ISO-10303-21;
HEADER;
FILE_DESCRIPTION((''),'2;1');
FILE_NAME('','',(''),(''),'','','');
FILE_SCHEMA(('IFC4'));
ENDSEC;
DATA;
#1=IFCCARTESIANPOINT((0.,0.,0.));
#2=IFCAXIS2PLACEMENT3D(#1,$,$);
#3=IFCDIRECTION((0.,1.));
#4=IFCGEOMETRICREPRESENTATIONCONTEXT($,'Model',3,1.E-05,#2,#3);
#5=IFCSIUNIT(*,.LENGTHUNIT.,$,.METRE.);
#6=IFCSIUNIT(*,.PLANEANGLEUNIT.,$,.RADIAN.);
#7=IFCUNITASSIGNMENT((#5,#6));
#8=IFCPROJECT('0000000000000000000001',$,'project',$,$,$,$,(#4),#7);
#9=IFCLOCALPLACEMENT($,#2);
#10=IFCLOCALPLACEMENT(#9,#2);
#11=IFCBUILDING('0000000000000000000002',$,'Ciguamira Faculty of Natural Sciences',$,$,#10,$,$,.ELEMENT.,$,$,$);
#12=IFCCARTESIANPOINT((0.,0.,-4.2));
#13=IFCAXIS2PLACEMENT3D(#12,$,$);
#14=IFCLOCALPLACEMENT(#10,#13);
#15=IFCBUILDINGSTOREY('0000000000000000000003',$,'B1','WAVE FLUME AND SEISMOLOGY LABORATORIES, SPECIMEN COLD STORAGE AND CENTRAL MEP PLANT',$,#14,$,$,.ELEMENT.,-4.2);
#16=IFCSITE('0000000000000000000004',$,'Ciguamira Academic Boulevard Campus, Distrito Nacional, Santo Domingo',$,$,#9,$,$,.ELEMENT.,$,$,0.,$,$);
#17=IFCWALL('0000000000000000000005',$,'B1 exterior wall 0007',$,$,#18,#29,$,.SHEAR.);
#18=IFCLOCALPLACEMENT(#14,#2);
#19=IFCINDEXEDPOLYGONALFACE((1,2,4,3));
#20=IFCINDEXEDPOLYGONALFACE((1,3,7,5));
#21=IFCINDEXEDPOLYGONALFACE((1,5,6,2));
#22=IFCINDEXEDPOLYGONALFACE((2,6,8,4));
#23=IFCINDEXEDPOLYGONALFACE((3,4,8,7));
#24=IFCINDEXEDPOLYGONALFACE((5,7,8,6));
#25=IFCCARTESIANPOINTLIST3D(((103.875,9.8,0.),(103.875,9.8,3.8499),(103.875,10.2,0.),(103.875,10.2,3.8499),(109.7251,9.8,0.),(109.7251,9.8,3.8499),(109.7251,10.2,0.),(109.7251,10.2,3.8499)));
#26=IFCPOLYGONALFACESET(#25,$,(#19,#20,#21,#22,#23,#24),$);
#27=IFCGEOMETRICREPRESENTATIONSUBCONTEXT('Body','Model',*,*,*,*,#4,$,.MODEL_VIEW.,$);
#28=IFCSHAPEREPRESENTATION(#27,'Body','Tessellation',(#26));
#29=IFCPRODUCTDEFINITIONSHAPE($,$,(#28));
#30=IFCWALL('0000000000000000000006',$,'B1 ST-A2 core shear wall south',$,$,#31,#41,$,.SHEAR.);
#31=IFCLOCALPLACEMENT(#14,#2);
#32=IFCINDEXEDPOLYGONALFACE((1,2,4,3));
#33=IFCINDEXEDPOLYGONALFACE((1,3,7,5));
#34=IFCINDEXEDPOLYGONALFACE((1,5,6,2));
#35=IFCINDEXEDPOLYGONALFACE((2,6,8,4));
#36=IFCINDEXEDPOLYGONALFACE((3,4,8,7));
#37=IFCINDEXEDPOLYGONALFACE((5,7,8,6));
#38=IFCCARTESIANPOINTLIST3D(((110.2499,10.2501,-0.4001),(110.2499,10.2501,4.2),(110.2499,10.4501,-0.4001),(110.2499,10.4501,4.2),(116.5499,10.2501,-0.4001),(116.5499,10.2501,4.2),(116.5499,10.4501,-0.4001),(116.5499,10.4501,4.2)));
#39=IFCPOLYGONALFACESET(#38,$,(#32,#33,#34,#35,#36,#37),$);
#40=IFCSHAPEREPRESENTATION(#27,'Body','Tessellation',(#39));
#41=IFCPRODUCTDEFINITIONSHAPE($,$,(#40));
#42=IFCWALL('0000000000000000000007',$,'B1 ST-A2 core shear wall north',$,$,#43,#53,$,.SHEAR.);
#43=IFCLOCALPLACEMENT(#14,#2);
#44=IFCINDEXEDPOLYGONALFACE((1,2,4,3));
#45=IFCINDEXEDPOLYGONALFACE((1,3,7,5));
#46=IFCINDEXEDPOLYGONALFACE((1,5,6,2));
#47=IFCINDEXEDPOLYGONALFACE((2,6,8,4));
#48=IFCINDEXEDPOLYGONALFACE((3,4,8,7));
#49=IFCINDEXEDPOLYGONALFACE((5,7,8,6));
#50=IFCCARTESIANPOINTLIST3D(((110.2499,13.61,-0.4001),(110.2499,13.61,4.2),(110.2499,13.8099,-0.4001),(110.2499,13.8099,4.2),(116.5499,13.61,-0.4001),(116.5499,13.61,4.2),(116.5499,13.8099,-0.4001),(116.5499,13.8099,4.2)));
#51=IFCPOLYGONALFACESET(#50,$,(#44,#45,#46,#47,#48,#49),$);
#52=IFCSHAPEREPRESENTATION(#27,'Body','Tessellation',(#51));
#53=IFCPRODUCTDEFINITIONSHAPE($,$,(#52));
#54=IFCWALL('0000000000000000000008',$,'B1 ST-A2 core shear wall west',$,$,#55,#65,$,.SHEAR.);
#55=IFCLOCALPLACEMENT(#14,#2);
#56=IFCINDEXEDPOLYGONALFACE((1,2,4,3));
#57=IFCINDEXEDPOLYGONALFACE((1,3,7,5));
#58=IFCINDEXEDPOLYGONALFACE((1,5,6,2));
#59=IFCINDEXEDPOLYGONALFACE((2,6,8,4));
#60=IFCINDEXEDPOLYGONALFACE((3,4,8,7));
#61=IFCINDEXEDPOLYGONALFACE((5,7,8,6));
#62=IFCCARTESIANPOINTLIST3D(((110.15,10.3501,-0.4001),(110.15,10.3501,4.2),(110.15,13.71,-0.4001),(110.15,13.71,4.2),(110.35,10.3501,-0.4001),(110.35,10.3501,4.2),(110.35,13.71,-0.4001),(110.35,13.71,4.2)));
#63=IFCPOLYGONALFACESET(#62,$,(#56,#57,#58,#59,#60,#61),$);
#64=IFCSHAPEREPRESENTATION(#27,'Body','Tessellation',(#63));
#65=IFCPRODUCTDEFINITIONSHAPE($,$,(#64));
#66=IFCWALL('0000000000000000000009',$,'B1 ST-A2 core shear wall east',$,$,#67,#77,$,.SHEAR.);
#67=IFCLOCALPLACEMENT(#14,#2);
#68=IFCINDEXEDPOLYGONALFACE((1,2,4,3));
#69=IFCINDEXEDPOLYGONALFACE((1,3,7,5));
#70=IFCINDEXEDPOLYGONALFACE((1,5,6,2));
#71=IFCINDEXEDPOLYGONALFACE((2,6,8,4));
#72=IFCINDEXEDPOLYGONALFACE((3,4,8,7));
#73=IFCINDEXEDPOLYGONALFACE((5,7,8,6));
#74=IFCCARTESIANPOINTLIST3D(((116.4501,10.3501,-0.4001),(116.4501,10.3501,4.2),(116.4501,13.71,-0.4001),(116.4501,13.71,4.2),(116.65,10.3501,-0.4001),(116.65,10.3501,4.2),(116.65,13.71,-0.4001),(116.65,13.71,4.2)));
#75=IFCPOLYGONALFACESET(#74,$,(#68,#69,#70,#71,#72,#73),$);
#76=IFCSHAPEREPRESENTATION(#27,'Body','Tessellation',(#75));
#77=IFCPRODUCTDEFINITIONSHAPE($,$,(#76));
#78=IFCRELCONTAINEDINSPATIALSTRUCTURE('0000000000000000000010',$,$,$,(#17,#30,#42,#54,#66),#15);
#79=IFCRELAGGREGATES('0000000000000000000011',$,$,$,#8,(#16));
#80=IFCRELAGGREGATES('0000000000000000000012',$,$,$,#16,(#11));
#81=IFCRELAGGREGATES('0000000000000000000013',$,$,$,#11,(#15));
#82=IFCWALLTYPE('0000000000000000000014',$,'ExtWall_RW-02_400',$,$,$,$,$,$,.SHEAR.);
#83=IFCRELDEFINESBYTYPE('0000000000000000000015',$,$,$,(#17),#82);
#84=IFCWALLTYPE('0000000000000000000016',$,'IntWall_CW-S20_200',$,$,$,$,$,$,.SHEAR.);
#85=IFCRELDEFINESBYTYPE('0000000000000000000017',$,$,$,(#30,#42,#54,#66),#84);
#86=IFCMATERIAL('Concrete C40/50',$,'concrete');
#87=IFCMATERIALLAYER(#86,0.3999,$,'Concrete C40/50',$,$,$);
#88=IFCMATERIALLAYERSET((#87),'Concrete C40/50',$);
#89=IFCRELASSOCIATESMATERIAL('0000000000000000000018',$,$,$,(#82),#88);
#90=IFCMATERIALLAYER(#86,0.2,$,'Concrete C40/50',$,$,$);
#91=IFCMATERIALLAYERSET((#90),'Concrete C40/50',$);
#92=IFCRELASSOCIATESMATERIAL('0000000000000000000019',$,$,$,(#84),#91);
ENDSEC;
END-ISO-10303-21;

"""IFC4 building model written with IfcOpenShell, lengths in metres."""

from ifc_helpers import new_model, si_unit, direction, frame, frame_2d, origin, place, context, subcontext, project, spatial, rectangle, extrude, material, layer, layer_set, type_object, element, save


model = new_model("IFC4")

# Units and contexts
model_context = context("Model", 3, precision=1e-05, world=origin(), true_north=direction((0.0, 1.0)))
body_context = subcontext(model_context, "Body", "Model", "MODEL_VIEW")
ifc_project = project(units=[si_unit("LENGTHUNIT", "METRE"), si_unit("PLANEANGLEUNIT", "RADIAN")], contexts=[model_context])

# Site, building, storey
site_placement = place(None, origin())
site = spatial("IfcSite", under=ifc_project, at=site_placement, Name="Ciguamira Academic Boulevard Campus, Distrito Nacional, Santo Domingo", CompositionType="ELEMENT", RefElevation=0.0)
building_placement = place(site_placement, origin())
building = spatial("IfcBuilding", under=site, at=building_placement, Name="Ciguamira Faculty of Natural Sciences", CompositionType="ELEMENT")
storey_placement = place(building_placement, frame((0.0, 0.0, -4.2)))
storey = spatial("IfcBuildingStorey", under=building, at=storey_placement, Name="B1", Description="WAVE FLUME AND SEISMOLOGY LABORATORIES, SPECIMEN COLD STORAGE AND CENTRAL MEP PLANT", CompositionType="ELEMENT", Elevation=-4.2)

# Walls
ifc_material_1 = material(Name="Concrete C40/50", Category="concrete")
ifc_layer_1 = layer(ifc_material_1, 0.3999, Name="Concrete C40/50")
ifc_layer_set_1 = layer_set([ifc_layer_1], Name="Concrete C40/50")
wall_type_1 = type_object("IfcWallType", Name="ExtWall_RW-02_400", PredefinedType="SHEAR", material=ifc_layer_set_1)
wall_placement = place(storey_placement, frame((103.875, 10.0, 0.0), z_axis=(0.0, 0.0, 1.0), x_axis=(1.0, 0.0, 0.0)))
element("IfcWall", 1, at=wall_placement, inside=storey, type_object=wall_type_1, Name="B1 exterior wall 0007", PredefinedType="SHEAR", context=body_context, shape_type="SweptSolid", body=[
    extrude(rectangle(XDim=5.8501, YDim=0.3999, at=frame_2d((2.925, 0.0))), origin(), (0.0, 0.0, 1.0), 3.8499),
])
ifc_layer_2 = layer(ifc_material_1, 0.2, Name="Concrete C40/50")
ifc_layer_set_2 = layer_set([ifc_layer_2], Name="Concrete C40/50")
wall_type_2 = type_object("IfcWallType", Name="IntWall_CW-S20_200", PredefinedType="SHEAR", material=ifc_layer_set_2)
for number, where, z_axis, x_axis, name in (
    (2, (110.25, 10.3501, -0.4001), (0.0, 0.0, 1.0), (1.0, 0.0, 0.0), "B1 ST-A2 core shear wall south"),
    (3, (110.25, 13.71, -0.4001), (0.0, 0.0, 1.0), (1.0, 0.0, 0.0), "B1 ST-A2 core shear wall north"),
):
    element("IfcWall", number, at=place(storey_placement, frame(where, z_axis=z_axis, x_axis=x_axis)), inside=storey, type_object=wall_type_2, Name=name, PredefinedType="SHEAR", context=body_context, shape_type="SweptSolid", body=[
        extrude(rectangle(XDim=6.3, YDim=0.2, at=frame_2d((3.1499, 0.0))), origin(), (0.0, 0.0, 1.0), 4.6001),
    ])
for number, where, z_axis, x_axis, name in (
    (4, (110.25, 10.3501, -0.4001), (0.0, 0.0, 1.0), (0.0, 1.0, 0.0), "B1 ST-A2 core shear wall west"),
    (5, (116.55, 10.3501, -0.4001), (0.0, 0.0, 1.0), (0.0, 1.0, 0.0), "B1 ST-A2 core shear wall east"),
):
    element("IfcWall", number, at=place(storey_placement, frame(where, z_axis=z_axis, x_axis=x_axis)), inside=storey, type_object=wall_type_2, Name=name, PredefinedType="SHEAR", context=body_context, shape_type="SweptSolid", body=[
        extrude(rectangle(XDim=3.3599, YDim=0.2, at=frame_2d((1.6799, 0.0))), origin(), (0.0, 0.0, 1.0), 4.6001),
    ])

save(model, "model.ifc")
